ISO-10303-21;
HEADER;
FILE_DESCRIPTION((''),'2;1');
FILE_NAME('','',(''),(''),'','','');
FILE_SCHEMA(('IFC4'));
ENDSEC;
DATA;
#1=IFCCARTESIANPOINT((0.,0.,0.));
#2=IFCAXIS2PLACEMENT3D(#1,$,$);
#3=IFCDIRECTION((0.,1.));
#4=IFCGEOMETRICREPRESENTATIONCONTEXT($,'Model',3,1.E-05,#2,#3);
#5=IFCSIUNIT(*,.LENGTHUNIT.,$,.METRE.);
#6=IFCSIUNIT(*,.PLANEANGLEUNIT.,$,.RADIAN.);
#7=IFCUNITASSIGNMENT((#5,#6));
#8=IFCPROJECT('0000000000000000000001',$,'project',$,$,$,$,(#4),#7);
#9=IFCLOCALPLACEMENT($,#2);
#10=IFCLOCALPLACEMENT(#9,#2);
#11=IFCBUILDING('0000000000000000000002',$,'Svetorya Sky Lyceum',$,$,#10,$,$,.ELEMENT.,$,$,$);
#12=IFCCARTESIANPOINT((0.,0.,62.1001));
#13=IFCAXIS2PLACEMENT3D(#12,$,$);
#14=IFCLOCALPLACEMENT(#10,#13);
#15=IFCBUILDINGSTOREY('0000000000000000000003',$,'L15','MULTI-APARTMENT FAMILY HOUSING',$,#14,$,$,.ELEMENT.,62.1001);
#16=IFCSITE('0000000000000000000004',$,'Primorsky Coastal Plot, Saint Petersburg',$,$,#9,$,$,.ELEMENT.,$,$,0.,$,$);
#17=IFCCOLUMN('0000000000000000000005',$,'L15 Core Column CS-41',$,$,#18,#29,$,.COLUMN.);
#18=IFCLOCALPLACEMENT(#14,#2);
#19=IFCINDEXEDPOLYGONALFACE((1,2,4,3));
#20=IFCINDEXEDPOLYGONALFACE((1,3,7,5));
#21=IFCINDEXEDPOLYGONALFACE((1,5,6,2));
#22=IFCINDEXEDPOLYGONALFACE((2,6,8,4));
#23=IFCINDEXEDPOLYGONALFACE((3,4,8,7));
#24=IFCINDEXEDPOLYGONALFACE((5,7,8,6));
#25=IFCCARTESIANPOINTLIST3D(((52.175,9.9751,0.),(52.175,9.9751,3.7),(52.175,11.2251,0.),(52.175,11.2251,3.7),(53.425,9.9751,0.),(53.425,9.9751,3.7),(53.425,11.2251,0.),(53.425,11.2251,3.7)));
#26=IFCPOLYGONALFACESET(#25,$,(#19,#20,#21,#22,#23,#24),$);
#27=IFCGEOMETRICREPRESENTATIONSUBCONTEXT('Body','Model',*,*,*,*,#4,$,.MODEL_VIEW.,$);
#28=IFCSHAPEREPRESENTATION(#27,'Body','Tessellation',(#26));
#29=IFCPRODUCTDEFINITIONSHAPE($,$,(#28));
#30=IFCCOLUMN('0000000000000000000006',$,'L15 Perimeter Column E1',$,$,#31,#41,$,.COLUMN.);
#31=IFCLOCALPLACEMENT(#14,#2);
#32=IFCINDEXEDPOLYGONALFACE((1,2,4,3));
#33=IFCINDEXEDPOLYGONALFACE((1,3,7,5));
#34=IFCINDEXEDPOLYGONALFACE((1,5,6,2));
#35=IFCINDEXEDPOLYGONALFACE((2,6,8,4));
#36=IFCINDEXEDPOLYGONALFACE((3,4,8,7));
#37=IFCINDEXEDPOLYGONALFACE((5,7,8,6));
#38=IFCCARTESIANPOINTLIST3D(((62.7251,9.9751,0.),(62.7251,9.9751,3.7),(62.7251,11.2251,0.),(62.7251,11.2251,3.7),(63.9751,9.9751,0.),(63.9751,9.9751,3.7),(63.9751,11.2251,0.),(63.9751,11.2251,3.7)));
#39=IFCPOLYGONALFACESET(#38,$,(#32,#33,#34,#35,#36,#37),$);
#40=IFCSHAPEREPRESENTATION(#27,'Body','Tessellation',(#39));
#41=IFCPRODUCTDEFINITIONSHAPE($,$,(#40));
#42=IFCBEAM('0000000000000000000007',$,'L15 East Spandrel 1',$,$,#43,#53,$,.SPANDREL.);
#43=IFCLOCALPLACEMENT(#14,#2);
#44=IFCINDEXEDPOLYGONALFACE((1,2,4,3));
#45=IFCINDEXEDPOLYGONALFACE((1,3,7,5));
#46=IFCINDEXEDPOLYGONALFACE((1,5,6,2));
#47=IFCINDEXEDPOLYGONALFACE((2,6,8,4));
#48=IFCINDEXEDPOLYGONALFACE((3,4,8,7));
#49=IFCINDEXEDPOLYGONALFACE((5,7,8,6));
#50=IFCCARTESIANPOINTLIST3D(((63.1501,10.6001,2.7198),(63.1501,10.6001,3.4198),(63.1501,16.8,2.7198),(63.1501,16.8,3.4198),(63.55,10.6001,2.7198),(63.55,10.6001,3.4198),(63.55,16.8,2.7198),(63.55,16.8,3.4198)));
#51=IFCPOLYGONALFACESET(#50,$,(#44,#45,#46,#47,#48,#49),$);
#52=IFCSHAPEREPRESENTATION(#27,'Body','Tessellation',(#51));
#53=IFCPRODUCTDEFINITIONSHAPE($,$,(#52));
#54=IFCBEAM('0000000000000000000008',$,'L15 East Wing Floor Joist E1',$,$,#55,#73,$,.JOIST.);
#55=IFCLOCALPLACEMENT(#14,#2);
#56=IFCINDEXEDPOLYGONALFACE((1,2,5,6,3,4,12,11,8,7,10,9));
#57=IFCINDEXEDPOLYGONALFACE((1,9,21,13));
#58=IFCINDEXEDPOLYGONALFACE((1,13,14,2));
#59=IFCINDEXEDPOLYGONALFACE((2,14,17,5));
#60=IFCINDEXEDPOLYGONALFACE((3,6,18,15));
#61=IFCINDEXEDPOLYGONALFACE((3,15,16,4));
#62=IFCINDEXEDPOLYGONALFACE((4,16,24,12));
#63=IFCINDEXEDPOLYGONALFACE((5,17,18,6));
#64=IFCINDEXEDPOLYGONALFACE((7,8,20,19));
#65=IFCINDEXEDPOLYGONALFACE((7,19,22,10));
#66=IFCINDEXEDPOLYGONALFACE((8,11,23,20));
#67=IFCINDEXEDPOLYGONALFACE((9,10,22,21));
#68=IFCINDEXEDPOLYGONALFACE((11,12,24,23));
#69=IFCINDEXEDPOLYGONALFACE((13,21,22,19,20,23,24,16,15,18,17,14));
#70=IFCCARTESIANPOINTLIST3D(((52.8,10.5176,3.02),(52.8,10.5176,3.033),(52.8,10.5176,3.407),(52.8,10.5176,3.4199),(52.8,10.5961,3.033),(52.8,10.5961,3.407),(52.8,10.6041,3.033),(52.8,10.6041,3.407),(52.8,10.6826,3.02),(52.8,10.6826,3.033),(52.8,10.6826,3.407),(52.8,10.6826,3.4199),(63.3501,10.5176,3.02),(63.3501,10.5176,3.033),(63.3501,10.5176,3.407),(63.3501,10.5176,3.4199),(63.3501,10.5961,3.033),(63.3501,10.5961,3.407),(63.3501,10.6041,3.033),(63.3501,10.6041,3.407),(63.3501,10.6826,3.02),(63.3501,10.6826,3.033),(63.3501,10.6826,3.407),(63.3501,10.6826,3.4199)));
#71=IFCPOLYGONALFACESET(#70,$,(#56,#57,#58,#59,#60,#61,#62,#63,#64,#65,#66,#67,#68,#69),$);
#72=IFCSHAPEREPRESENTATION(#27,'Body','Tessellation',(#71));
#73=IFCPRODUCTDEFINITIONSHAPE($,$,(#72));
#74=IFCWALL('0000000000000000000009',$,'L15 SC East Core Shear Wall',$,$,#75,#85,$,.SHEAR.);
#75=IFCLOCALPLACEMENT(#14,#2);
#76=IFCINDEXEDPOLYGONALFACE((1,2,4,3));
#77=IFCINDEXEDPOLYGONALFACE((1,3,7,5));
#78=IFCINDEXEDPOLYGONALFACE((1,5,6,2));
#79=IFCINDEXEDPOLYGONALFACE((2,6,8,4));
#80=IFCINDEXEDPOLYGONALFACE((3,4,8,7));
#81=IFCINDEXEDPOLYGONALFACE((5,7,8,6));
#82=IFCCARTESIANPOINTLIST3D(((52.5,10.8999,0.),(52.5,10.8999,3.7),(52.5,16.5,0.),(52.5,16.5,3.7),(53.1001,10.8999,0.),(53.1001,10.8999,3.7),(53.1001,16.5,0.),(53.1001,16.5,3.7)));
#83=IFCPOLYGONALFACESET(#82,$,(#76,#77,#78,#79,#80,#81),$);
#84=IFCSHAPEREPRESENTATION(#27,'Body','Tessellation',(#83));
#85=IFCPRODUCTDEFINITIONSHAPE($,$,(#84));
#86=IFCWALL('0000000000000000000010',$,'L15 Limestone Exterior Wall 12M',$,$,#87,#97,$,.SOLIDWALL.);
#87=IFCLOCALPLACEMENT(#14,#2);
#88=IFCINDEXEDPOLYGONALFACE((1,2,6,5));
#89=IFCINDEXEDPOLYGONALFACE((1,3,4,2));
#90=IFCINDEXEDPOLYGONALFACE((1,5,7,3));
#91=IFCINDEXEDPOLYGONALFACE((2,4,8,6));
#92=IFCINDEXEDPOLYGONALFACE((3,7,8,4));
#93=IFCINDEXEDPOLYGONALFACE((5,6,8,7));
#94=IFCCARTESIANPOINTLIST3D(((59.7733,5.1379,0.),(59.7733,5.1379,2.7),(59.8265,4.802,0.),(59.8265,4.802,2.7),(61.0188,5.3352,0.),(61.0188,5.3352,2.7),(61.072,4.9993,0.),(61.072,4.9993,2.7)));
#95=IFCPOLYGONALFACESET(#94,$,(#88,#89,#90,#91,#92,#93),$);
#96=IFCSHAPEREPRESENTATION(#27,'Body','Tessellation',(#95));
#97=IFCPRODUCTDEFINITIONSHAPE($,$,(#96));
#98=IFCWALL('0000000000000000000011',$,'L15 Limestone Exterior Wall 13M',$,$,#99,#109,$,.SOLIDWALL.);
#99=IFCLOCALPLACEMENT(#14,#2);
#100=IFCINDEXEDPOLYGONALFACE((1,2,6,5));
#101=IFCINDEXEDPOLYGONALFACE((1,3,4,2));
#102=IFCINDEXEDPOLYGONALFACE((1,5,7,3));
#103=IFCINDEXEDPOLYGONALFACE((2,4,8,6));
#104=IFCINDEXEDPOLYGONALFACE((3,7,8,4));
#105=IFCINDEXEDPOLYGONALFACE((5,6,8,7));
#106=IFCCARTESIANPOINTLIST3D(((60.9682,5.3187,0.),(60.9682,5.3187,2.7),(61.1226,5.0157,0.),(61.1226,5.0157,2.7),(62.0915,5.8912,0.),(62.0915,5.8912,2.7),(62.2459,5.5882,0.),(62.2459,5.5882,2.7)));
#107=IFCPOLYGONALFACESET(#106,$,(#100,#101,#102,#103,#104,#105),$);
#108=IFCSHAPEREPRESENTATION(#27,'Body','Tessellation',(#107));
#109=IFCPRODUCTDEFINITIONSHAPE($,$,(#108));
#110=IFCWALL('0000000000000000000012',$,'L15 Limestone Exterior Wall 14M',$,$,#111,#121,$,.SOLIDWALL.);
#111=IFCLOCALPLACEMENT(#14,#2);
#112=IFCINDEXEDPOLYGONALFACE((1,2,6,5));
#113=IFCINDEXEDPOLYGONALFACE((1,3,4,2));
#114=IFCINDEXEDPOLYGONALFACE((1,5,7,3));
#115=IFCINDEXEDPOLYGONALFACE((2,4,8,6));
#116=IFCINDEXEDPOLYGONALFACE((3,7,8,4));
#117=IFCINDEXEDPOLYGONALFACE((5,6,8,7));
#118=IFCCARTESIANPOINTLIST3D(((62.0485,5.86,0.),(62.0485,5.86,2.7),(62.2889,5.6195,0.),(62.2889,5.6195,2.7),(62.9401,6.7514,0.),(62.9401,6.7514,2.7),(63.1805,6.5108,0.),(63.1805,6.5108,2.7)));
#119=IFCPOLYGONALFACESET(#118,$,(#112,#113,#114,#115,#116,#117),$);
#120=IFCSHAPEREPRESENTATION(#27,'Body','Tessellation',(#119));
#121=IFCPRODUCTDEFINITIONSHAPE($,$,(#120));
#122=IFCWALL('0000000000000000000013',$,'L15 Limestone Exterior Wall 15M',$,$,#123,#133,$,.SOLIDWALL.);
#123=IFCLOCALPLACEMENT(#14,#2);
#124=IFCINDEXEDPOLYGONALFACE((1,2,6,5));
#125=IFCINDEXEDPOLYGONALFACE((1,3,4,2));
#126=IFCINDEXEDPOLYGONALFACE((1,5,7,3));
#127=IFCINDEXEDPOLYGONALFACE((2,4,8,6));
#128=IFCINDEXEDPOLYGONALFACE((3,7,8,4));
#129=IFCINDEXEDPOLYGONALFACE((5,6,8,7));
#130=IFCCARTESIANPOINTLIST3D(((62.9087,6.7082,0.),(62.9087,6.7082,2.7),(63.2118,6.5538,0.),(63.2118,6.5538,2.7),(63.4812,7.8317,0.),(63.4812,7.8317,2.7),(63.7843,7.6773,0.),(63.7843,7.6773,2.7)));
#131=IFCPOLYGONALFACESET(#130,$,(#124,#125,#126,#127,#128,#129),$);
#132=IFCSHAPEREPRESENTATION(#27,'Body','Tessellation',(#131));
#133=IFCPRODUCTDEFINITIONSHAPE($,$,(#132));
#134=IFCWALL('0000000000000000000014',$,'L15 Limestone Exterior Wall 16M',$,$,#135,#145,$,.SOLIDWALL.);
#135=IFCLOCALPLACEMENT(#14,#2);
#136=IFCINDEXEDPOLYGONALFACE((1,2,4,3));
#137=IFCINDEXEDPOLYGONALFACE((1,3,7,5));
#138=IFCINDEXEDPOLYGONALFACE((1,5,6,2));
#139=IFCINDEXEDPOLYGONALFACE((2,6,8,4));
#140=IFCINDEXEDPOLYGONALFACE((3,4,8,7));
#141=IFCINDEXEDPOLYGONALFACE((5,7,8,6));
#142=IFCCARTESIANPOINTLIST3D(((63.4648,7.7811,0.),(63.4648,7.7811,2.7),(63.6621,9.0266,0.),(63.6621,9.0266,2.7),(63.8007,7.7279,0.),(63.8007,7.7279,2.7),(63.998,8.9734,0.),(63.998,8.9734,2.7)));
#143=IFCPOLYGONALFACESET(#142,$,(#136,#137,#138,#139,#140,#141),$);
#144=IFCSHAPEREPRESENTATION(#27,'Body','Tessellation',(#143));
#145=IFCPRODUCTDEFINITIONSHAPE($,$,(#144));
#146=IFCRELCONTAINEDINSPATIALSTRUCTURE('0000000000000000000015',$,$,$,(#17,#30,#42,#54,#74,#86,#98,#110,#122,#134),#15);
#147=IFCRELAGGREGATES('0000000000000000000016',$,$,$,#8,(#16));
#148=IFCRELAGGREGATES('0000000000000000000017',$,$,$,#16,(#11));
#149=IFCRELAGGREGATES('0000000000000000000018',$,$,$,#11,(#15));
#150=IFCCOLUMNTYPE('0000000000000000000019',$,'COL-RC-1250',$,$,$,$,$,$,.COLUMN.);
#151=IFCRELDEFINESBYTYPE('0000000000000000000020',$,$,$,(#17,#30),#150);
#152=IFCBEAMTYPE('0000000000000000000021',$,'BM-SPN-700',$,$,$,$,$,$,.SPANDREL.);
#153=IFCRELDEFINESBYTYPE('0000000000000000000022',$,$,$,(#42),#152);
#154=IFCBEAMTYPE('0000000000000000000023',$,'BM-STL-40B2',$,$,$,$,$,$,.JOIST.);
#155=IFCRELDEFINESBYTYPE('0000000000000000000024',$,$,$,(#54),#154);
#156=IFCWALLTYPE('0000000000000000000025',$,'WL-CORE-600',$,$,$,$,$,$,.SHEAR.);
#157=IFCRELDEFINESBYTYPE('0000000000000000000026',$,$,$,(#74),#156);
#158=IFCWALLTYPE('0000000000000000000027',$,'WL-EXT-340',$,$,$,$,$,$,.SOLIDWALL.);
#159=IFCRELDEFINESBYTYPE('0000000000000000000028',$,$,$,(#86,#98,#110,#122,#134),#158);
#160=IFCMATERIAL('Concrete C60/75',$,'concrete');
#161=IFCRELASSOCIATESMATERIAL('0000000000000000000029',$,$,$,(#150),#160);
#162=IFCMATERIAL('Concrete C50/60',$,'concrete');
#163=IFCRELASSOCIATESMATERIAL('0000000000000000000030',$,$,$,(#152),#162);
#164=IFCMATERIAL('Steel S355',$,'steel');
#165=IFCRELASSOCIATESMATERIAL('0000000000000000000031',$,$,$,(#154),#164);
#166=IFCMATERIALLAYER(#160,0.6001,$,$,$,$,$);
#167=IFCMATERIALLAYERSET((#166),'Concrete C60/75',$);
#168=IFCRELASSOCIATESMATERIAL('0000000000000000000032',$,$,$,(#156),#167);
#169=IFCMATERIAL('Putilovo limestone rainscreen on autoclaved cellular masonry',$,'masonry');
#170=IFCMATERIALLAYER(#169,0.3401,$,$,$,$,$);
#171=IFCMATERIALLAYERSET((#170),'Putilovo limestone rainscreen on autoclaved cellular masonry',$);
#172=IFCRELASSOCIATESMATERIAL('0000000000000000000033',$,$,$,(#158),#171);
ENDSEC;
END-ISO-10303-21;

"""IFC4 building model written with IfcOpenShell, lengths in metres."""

from ifc_helpers import new_model, si_unit, direction, frame, frame_2d, origin, origin_2d, place, context, subcontext, project, spatial, rectangle, i_section, extrude, material, layer, layer_set, material_profile, profile_set, type_object, element, save


model = new_model("IFC4")

# Units and contexts
model_context = context("Model", 3, precision=1e-05, world=origin(), true_north=direction((0.0, 1.0)))
body_context = subcontext(model_context, "Body", "Model", "MODEL_VIEW")
ifc_project = project(units=[si_unit("LENGTHUNIT", "METRE"), si_unit("PLANEANGLEUNIT", "RADIAN")], contexts=[model_context])

# Site, building, storey
site_placement = place(None, origin())
site = spatial("IfcSite", under=ifc_project, at=site_placement, Name="Primorsky Coastal Plot, Saint Petersburg", CompositionType="ELEMENT", RefElevation=0.0)
building_placement = place(site_placement, origin())
building = spatial("IfcBuilding", under=site, at=building_placement, Name="Svetorya Sky Lyceum", CompositionType="ELEMENT")
storey_placement = place(building_placement, frame((0.0, 0.0, 62.1001)))
storey = spatial("IfcBuildingStorey", under=building, at=storey_placement, Name="L15", Description="MULTI-APARTMENT FAMILY HOUSING", CompositionType="ELEMENT", Elevation=62.1001)

# Columns
ifc_material_1 = material(Name="Concrete C60/75", Category="concrete")
ifc_material_profile_1 = material_profile(ifc_material_1, rectangle(XDim=1.25, YDim=1.25, at=origin_2d()), Name="RC COL 1250x1250")
ifc_profile_set_1 = profile_set([ifc_material_profile_1], Name="Concrete C60/75")
column_type = type_object("IfcColumnType", Name="COL-RC-1250", PredefinedType="COLUMN", material=ifc_profile_set_1)
for number, where, z_axis, x_axis, name in (
    (1, (52.8, 10.6001, 0.0), (0.0, 0.0, 1.0), (1.0, 0.0, 0.0), "L15 Core Column CS-41"),
    (2, (63.3501, 10.6001, 0.0), (0.0, 0.0, 1.0), (1.0, 0.0, 0.0), "L15 Perimeter Column E1"),
):
    element("IfcColumn", number, at=place(storey_placement, frame(where, z_axis=z_axis, x_axis=x_axis)), inside=storey, type_object=column_type, Name=name, PredefinedType="COLUMN", context=body_context, shape_type="SweptSolid", body=[
        extrude(rectangle(XDim=1.25, YDim=1.25, at=origin_2d()), origin(), (0.0, 0.0, 1.0), 3.7),
    ])

# Beams
ifc_material_2 = material(Name="Concrete C50/60", Category="concrete")
ifc_material_profile_2 = material_profile(ifc_material_2, rectangle(XDim=0.3999, YDim=0.7, at=origin_2d()), Name="RC SPANDREL 400x700")
ifc_profile_set_2 = profile_set([ifc_material_profile_2], Name="Concrete C50/60")
beam_type_1 = type_object("IfcBeamType", Name="BM-SPN-700", PredefinedType="SPANDREL", material=ifc_profile_set_2)
beam_1_placement = place(storey_placement, frame((63.3501, 10.6001, 3.0698), z_axis=(0.0, 1.0, 0.0), x_axis=(-1.0, 0.0, 0.0)))
element("IfcBeam", 3, at=beam_1_placement, inside=storey, type_object=beam_type_1, Name="L15 East Spandrel 1", PredefinedType="SPANDREL", context=body_context, shape_type="SweptSolid", body=[
    extrude(rectangle(XDim=0.3999, YDim=0.7, at=origin_2d()), origin(), (0.0, 0.0, 1.0), 6.2),
])
ifc_material_3 = material(Name="Steel S355", Category="steel")
ifc_material_profile_3 = material_profile(ifc_material_3, i_section(OverallWidth=0.165, OverallDepth=0.3999, WebThickness=0.0081, FlangeThickness=0.0129, at=origin_2d()), Name="GOST 40B2")
ifc_profile_set_3 = profile_set([ifc_material_profile_3], Name="Steel S355")
beam_type_2 = type_object("IfcBeamType", Name="BM-STL-40B2", PredefinedType="JOIST", material=ifc_profile_set_3)
beam_2_placement = place(storey_placement, frame((52.8, 10.6001, 3.22), z_axis=(1.0, 0.0, 0.0), x_axis=(0.0, 1.0, 0.0)))
element("IfcBeam", 4, at=beam_2_placement, inside=storey, type_object=beam_type_2, Name="L15 East Wing Floor Joist E1", PredefinedType="JOIST", context=body_context, shape_type="SweptSolid", body=[
    extrude(i_section(OverallWidth=0.165, OverallDepth=0.3999, WebThickness=0.0081, FlangeThickness=0.0129, at=origin_2d()), origin(), (0.0, 0.0, 1.0), 10.55),
])

# Walls
ifc_layer_1 = layer(ifc_material_1, 0.6001)
ifc_layer_set_1 = layer_set([ifc_layer_1], Name="Concrete C60/75")
wall_type_1 = type_object("IfcWallType", Name="WL-CORE-600", PredefinedType="SHEAR", material=ifc_layer_set_1)
wall_1_placement = place(storey_placement, frame((52.8, 10.8999, 0.0), z_axis=(0.0, 0.0, 1.0), x_axis=(0.0, 1.0, 0.0)))
element("IfcWall", 5, at=wall_1_placement, inside=storey, type_object=wall_type_1, Name="L15 SC East Core Shear Wall", PredefinedType="SHEAR", context=body_context, shape_type="SweptSolid", body=[
    extrude(rectangle(XDim=5.6001, YDim=0.6001, at=frame_2d((2.8, 0.0))), origin(), (0.0, 0.0, 1.0), 3.7),
])
ifc_material_4 = material(Name="Putilovo limestone rainscreen on autoclaved cellular masonry", Category="masonry")
ifc_layer_2 = layer(ifc_material_4, 0.3401)
ifc_layer_set_2 = layer_set([ifc_layer_2], Name="Putilovo limestone rainscreen on autoclaved cellular masonry")
wall_type_2 = type_object("IfcWallType", Name="WL-EXT-340", PredefinedType="SOLIDWALL", material=ifc_layer_set_2)
wall_2_placement = place(storey_placement, frame((59.8, 4.97, 0.0), z_axis=(0.0, 0.0, 1.0), x_axis=(0.987686, 0.15645, 0.0)))
element("IfcWall", 6, at=wall_2_placement, inside=storey, type_object=wall_type_2, Name="L15 Limestone Exterior Wall 12M", PredefinedType="SOLIDWALL", context=body_context, shape_type="SweptSolid", body=[
    extrude(rectangle(XDim=1.261, YDim=0.3401, at=frame_2d((0.6304, 0.0))), origin(), (0.0, 0.0, 1.0), 2.7),
])
for number, where, z_axis, x_axis, name in (
    (7, (61.0454, 5.1672, 0.0), (0.0, 0.0, 1.0), (0.890954, 0.454094, 0.0), "L15 Limestone Exterior Wall 13M"),
    (8, (62.1687, 5.7397, 0.0), (0.0, 0.0, 1.0), (0.707204, 0.70701, 0.0), "L15 Limestone Exterior Wall 14M"),
):
    element("IfcWall", number, at=place(storey_placement, frame(where, z_axis=z_axis, x_axis=x_axis)), inside=storey, type_object=wall_type_2, Name=name, PredefinedType="SOLIDWALL", context=body_context, shape_type="SweptSolid", body=[
        extrude(rectangle(XDim=1.2607, YDim=0.3401, at=frame_2d((0.6304, 0.0))), origin(), (0.0, 0.0, 1.0), 2.7),
    ])
for number, where, z_axis, x_axis, name in (
    (9, (63.0603, 6.6311, 0.0), (0.0, 0.0, 1.0), (0.454016, 0.890994, 0.0), "L15 Limestone Exterior Wall 15M"),
    (10, (63.6328, 7.7546, 0.0), (0.0, 0.0, 1.0), (0.15645, 0.987686, 0.0), "L15 Limestone Exterior Wall 16M"),
):
    element("IfcWall", number, at=place(storey_placement, frame(where, z_axis=z_axis, x_axis=x_axis)), inside=storey, type_object=wall_type_2, Name=name, PredefinedType="SOLIDWALL", context=body_context, shape_type="SweptSolid", body=[
        extrude(rectangle(XDim=1.261, YDim=0.3401, at=frame_2d((0.6304, 0.0))), origin(), (0.0, 0.0, 1.0), 2.7),
    ])

save(model, "model.ifc")
